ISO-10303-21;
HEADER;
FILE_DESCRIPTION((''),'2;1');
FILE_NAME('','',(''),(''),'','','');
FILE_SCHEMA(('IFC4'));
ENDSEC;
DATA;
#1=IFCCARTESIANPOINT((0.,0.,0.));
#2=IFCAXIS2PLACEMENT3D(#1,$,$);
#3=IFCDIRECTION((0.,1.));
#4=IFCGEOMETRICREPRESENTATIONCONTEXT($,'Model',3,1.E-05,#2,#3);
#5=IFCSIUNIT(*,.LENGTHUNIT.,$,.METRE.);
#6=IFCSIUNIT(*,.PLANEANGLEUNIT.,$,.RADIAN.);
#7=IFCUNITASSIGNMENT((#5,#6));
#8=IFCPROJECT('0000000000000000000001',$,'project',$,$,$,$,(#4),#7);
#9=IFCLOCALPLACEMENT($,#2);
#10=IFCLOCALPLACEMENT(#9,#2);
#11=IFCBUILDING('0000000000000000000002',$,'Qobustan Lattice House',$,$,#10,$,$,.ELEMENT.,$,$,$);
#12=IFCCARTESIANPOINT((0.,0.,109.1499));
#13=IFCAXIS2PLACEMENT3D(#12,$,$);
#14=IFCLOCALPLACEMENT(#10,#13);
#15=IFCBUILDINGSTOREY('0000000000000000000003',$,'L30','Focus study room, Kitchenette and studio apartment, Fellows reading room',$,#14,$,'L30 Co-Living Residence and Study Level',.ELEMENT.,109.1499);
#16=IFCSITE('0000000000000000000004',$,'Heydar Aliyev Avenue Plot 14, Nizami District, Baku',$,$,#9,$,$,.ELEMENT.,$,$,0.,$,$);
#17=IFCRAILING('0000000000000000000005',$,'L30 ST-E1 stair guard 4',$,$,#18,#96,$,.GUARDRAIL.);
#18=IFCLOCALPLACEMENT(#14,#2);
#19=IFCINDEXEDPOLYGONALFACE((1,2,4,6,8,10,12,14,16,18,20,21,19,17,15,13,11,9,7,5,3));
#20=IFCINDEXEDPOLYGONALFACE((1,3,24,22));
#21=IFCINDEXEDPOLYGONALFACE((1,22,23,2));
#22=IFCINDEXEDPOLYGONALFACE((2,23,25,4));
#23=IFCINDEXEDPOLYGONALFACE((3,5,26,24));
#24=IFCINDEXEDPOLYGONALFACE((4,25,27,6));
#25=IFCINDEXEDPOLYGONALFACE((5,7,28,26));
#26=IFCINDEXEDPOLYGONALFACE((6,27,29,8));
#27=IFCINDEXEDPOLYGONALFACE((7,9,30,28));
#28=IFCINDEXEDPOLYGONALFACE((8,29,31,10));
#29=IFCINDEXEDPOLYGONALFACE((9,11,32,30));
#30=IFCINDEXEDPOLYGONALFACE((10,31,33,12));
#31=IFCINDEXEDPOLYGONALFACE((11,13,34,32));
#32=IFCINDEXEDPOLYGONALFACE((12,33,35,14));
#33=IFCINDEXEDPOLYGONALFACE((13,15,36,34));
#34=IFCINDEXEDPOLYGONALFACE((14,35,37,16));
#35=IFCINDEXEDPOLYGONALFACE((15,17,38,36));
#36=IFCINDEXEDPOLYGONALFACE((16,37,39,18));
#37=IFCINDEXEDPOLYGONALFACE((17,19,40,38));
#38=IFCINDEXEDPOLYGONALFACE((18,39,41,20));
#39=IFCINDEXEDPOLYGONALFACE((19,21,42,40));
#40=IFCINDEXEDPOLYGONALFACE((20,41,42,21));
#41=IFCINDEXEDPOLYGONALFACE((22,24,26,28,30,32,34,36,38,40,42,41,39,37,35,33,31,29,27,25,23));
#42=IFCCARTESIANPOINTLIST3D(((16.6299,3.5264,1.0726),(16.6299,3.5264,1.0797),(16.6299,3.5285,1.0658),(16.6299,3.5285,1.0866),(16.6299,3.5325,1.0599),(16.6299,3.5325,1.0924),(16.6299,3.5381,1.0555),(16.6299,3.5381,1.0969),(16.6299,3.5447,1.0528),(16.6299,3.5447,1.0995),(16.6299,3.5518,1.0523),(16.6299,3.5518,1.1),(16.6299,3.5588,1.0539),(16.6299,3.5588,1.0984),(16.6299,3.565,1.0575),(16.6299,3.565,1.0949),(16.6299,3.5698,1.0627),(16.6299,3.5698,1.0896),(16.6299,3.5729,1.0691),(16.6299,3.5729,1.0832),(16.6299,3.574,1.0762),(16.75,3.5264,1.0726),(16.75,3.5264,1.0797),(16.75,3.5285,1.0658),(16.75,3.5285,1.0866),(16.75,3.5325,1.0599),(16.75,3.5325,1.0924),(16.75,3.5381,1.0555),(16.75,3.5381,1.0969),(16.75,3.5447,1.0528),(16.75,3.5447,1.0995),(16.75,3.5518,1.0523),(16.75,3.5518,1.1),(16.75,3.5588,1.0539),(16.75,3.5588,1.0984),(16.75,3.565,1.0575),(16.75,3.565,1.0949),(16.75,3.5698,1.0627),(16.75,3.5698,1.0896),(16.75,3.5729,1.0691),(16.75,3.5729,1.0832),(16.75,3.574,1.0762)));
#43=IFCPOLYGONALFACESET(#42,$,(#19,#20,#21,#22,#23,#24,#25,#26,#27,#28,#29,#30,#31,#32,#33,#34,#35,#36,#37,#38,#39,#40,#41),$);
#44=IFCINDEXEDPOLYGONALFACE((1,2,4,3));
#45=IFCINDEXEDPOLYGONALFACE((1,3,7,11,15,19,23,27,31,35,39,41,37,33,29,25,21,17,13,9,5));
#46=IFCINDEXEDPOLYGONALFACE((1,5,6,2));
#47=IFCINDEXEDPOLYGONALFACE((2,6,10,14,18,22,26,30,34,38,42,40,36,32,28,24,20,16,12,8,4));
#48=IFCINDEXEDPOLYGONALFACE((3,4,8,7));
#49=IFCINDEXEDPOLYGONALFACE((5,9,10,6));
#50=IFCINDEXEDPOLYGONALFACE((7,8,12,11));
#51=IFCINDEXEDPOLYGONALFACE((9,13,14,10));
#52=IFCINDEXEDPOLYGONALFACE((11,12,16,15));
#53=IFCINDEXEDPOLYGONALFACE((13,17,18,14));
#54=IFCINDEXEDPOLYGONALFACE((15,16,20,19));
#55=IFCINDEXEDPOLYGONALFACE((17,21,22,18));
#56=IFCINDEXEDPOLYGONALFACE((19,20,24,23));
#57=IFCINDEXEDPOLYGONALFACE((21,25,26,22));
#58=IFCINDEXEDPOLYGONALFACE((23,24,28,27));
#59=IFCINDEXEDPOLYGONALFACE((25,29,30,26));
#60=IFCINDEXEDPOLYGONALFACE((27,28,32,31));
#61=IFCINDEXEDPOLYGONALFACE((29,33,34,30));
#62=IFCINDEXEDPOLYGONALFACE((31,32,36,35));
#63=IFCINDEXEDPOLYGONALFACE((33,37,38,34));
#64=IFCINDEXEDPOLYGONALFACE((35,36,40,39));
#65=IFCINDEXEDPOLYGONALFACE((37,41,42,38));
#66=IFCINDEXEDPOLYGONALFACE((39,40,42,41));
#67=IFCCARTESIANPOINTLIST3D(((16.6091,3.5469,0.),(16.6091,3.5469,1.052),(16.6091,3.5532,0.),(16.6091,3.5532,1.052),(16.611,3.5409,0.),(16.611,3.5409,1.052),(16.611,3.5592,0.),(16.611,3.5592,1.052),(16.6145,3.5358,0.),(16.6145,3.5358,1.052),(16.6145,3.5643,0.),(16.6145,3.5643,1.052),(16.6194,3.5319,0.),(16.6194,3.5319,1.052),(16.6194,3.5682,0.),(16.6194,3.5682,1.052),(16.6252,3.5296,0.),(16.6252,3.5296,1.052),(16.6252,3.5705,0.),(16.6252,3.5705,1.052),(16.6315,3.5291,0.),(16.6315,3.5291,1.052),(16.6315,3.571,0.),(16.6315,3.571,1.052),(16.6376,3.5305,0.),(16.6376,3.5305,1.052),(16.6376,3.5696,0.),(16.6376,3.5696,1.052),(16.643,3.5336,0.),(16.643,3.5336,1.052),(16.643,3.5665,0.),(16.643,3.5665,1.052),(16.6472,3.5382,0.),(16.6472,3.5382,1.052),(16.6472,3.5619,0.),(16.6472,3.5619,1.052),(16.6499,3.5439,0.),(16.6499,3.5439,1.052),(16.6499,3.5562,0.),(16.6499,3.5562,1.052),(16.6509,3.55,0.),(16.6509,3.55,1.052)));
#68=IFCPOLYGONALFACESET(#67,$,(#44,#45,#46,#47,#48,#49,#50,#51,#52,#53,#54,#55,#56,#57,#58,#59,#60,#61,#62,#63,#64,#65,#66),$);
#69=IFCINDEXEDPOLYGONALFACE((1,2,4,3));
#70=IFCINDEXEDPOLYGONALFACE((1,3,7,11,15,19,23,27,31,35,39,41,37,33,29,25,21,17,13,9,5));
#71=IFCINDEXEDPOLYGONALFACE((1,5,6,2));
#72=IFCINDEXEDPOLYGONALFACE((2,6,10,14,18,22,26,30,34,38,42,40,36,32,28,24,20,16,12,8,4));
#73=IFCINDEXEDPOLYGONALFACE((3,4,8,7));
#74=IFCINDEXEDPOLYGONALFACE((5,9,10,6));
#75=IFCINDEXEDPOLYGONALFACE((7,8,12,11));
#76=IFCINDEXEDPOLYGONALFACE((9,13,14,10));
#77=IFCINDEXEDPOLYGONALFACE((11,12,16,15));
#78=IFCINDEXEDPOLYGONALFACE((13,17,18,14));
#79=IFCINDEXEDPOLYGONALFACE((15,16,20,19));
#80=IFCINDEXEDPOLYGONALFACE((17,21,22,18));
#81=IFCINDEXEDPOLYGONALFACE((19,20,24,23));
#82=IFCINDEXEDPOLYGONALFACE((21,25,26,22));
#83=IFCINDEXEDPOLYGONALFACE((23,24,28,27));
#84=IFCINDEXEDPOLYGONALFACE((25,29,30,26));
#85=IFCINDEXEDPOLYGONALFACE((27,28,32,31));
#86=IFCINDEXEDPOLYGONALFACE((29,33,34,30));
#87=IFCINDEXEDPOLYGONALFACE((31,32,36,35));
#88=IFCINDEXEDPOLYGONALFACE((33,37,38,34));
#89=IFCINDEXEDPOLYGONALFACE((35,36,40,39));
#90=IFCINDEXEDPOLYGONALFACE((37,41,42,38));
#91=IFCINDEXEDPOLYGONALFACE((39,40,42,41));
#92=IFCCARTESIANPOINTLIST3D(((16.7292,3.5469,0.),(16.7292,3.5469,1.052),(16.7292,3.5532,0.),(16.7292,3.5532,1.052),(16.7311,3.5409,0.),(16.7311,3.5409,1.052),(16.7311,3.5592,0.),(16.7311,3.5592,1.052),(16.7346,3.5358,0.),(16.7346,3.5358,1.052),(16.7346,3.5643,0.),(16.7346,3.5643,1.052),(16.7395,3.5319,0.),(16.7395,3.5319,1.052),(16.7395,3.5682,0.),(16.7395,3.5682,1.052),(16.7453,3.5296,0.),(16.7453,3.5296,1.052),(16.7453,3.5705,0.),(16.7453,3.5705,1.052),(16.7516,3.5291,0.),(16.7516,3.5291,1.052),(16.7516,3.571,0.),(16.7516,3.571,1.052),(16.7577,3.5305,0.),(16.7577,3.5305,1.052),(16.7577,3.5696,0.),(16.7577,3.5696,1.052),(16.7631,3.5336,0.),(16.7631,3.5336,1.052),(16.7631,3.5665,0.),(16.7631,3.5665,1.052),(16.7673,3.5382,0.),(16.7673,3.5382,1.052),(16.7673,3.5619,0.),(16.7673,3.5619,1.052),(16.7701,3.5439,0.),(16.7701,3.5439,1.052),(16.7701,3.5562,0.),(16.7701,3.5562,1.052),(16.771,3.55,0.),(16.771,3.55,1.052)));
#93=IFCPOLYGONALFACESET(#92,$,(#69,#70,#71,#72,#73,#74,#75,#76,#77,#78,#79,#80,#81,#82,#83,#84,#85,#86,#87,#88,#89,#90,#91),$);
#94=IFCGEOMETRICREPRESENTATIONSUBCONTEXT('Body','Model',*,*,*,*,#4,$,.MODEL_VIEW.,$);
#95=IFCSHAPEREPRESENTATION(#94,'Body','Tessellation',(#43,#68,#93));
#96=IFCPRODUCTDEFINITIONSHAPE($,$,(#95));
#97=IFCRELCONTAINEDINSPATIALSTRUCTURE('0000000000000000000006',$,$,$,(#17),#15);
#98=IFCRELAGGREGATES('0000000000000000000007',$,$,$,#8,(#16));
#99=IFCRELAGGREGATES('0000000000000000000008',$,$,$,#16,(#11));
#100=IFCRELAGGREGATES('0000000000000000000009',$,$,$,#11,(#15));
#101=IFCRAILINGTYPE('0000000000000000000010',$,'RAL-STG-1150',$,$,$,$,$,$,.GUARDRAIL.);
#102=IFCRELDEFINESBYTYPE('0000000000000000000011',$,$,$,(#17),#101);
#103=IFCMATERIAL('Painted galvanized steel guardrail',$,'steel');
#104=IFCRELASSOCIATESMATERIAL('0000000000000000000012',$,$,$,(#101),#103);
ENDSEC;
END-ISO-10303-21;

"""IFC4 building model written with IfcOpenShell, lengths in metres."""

from ifc_helpers import new_model, si_unit, direction, frame, origin, origin_2d, place, context, subcontext, project, spatial, circle, extrude, material, type_object, element, save


model = new_model("IFC4")

# Units and contexts
model_context = context("Model", 3, precision=1e-05, world=origin(), true_north=direction((0.0, 1.0)))
body_context = subcontext(model_context, "Body", "Model", "MODEL_VIEW")
ifc_project = project(units=[si_unit("LENGTHUNIT", "METRE"), si_unit("PLANEANGLEUNIT", "RADIAN")], contexts=[model_context])

# Site, building, storey
site_placement = place(None, origin())
site = spatial("IfcSite", under=ifc_project, at=site_placement, Name="Heydar Aliyev Avenue Plot 14, Nizami District, Baku", CompositionType="ELEMENT", RefElevation=0.0)
building_placement = place(site_placement, origin())
building = spatial("IfcBuilding", under=site, at=building_placement, Name="Qobustan Lattice House", CompositionType="ELEMENT")
storey_placement = place(building_placement, frame((0.0, 0.0, 109.1499)))
storey = spatial("IfcBuildingStorey", under=building, at=storey_placement, Name="L30", Description="Focus study room, Kitchenette and studio apartment, Fellows reading room", LongName="L30 Co-Living Residence and Study Level", CompositionType="ELEMENT", Elevation=109.1499)

# Railing
ifc_material_1 = material(Name="Painted galvanized steel guardrail", Category="steel")
railing_type_1 = type_object("IfcRailingType", Name="RAL-STG-1150", PredefinedType="GUARDRAIL", material=ifc_material_1)
railing_1_placement = place(storey_placement, frame((16.6299, 3.55, 0.0)))
element("IfcRailing", 1, at=railing_1_placement, inside=storey, type_object=railing_type_1, Name="L30 ST-E1 stair guard 4", PredefinedType="GUARDRAIL", context=body_context, shape_type="SweptSolid", body=[
    extrude(circle(Radius=0.0239, at=origin_2d()), frame((0.0, 0.0, 1.0762), z_axis=(1.0, 0.0, 0.0), x_axis=(0.0, 1.0, 0.0)), (0.0, 0.0, 1.0), 0.1201),
    extrude(circle(Radius=0.021, at=origin_2d()), origin(), (0.0, 0.0, 1.0), 1.052),
    extrude(circle(Radius=0.021, at=origin_2d()), frame((0.1201, 0.0, 0.0)), (0.0, 0.0, 1.0), 1.052),
])

save(model, "model.ifc")
